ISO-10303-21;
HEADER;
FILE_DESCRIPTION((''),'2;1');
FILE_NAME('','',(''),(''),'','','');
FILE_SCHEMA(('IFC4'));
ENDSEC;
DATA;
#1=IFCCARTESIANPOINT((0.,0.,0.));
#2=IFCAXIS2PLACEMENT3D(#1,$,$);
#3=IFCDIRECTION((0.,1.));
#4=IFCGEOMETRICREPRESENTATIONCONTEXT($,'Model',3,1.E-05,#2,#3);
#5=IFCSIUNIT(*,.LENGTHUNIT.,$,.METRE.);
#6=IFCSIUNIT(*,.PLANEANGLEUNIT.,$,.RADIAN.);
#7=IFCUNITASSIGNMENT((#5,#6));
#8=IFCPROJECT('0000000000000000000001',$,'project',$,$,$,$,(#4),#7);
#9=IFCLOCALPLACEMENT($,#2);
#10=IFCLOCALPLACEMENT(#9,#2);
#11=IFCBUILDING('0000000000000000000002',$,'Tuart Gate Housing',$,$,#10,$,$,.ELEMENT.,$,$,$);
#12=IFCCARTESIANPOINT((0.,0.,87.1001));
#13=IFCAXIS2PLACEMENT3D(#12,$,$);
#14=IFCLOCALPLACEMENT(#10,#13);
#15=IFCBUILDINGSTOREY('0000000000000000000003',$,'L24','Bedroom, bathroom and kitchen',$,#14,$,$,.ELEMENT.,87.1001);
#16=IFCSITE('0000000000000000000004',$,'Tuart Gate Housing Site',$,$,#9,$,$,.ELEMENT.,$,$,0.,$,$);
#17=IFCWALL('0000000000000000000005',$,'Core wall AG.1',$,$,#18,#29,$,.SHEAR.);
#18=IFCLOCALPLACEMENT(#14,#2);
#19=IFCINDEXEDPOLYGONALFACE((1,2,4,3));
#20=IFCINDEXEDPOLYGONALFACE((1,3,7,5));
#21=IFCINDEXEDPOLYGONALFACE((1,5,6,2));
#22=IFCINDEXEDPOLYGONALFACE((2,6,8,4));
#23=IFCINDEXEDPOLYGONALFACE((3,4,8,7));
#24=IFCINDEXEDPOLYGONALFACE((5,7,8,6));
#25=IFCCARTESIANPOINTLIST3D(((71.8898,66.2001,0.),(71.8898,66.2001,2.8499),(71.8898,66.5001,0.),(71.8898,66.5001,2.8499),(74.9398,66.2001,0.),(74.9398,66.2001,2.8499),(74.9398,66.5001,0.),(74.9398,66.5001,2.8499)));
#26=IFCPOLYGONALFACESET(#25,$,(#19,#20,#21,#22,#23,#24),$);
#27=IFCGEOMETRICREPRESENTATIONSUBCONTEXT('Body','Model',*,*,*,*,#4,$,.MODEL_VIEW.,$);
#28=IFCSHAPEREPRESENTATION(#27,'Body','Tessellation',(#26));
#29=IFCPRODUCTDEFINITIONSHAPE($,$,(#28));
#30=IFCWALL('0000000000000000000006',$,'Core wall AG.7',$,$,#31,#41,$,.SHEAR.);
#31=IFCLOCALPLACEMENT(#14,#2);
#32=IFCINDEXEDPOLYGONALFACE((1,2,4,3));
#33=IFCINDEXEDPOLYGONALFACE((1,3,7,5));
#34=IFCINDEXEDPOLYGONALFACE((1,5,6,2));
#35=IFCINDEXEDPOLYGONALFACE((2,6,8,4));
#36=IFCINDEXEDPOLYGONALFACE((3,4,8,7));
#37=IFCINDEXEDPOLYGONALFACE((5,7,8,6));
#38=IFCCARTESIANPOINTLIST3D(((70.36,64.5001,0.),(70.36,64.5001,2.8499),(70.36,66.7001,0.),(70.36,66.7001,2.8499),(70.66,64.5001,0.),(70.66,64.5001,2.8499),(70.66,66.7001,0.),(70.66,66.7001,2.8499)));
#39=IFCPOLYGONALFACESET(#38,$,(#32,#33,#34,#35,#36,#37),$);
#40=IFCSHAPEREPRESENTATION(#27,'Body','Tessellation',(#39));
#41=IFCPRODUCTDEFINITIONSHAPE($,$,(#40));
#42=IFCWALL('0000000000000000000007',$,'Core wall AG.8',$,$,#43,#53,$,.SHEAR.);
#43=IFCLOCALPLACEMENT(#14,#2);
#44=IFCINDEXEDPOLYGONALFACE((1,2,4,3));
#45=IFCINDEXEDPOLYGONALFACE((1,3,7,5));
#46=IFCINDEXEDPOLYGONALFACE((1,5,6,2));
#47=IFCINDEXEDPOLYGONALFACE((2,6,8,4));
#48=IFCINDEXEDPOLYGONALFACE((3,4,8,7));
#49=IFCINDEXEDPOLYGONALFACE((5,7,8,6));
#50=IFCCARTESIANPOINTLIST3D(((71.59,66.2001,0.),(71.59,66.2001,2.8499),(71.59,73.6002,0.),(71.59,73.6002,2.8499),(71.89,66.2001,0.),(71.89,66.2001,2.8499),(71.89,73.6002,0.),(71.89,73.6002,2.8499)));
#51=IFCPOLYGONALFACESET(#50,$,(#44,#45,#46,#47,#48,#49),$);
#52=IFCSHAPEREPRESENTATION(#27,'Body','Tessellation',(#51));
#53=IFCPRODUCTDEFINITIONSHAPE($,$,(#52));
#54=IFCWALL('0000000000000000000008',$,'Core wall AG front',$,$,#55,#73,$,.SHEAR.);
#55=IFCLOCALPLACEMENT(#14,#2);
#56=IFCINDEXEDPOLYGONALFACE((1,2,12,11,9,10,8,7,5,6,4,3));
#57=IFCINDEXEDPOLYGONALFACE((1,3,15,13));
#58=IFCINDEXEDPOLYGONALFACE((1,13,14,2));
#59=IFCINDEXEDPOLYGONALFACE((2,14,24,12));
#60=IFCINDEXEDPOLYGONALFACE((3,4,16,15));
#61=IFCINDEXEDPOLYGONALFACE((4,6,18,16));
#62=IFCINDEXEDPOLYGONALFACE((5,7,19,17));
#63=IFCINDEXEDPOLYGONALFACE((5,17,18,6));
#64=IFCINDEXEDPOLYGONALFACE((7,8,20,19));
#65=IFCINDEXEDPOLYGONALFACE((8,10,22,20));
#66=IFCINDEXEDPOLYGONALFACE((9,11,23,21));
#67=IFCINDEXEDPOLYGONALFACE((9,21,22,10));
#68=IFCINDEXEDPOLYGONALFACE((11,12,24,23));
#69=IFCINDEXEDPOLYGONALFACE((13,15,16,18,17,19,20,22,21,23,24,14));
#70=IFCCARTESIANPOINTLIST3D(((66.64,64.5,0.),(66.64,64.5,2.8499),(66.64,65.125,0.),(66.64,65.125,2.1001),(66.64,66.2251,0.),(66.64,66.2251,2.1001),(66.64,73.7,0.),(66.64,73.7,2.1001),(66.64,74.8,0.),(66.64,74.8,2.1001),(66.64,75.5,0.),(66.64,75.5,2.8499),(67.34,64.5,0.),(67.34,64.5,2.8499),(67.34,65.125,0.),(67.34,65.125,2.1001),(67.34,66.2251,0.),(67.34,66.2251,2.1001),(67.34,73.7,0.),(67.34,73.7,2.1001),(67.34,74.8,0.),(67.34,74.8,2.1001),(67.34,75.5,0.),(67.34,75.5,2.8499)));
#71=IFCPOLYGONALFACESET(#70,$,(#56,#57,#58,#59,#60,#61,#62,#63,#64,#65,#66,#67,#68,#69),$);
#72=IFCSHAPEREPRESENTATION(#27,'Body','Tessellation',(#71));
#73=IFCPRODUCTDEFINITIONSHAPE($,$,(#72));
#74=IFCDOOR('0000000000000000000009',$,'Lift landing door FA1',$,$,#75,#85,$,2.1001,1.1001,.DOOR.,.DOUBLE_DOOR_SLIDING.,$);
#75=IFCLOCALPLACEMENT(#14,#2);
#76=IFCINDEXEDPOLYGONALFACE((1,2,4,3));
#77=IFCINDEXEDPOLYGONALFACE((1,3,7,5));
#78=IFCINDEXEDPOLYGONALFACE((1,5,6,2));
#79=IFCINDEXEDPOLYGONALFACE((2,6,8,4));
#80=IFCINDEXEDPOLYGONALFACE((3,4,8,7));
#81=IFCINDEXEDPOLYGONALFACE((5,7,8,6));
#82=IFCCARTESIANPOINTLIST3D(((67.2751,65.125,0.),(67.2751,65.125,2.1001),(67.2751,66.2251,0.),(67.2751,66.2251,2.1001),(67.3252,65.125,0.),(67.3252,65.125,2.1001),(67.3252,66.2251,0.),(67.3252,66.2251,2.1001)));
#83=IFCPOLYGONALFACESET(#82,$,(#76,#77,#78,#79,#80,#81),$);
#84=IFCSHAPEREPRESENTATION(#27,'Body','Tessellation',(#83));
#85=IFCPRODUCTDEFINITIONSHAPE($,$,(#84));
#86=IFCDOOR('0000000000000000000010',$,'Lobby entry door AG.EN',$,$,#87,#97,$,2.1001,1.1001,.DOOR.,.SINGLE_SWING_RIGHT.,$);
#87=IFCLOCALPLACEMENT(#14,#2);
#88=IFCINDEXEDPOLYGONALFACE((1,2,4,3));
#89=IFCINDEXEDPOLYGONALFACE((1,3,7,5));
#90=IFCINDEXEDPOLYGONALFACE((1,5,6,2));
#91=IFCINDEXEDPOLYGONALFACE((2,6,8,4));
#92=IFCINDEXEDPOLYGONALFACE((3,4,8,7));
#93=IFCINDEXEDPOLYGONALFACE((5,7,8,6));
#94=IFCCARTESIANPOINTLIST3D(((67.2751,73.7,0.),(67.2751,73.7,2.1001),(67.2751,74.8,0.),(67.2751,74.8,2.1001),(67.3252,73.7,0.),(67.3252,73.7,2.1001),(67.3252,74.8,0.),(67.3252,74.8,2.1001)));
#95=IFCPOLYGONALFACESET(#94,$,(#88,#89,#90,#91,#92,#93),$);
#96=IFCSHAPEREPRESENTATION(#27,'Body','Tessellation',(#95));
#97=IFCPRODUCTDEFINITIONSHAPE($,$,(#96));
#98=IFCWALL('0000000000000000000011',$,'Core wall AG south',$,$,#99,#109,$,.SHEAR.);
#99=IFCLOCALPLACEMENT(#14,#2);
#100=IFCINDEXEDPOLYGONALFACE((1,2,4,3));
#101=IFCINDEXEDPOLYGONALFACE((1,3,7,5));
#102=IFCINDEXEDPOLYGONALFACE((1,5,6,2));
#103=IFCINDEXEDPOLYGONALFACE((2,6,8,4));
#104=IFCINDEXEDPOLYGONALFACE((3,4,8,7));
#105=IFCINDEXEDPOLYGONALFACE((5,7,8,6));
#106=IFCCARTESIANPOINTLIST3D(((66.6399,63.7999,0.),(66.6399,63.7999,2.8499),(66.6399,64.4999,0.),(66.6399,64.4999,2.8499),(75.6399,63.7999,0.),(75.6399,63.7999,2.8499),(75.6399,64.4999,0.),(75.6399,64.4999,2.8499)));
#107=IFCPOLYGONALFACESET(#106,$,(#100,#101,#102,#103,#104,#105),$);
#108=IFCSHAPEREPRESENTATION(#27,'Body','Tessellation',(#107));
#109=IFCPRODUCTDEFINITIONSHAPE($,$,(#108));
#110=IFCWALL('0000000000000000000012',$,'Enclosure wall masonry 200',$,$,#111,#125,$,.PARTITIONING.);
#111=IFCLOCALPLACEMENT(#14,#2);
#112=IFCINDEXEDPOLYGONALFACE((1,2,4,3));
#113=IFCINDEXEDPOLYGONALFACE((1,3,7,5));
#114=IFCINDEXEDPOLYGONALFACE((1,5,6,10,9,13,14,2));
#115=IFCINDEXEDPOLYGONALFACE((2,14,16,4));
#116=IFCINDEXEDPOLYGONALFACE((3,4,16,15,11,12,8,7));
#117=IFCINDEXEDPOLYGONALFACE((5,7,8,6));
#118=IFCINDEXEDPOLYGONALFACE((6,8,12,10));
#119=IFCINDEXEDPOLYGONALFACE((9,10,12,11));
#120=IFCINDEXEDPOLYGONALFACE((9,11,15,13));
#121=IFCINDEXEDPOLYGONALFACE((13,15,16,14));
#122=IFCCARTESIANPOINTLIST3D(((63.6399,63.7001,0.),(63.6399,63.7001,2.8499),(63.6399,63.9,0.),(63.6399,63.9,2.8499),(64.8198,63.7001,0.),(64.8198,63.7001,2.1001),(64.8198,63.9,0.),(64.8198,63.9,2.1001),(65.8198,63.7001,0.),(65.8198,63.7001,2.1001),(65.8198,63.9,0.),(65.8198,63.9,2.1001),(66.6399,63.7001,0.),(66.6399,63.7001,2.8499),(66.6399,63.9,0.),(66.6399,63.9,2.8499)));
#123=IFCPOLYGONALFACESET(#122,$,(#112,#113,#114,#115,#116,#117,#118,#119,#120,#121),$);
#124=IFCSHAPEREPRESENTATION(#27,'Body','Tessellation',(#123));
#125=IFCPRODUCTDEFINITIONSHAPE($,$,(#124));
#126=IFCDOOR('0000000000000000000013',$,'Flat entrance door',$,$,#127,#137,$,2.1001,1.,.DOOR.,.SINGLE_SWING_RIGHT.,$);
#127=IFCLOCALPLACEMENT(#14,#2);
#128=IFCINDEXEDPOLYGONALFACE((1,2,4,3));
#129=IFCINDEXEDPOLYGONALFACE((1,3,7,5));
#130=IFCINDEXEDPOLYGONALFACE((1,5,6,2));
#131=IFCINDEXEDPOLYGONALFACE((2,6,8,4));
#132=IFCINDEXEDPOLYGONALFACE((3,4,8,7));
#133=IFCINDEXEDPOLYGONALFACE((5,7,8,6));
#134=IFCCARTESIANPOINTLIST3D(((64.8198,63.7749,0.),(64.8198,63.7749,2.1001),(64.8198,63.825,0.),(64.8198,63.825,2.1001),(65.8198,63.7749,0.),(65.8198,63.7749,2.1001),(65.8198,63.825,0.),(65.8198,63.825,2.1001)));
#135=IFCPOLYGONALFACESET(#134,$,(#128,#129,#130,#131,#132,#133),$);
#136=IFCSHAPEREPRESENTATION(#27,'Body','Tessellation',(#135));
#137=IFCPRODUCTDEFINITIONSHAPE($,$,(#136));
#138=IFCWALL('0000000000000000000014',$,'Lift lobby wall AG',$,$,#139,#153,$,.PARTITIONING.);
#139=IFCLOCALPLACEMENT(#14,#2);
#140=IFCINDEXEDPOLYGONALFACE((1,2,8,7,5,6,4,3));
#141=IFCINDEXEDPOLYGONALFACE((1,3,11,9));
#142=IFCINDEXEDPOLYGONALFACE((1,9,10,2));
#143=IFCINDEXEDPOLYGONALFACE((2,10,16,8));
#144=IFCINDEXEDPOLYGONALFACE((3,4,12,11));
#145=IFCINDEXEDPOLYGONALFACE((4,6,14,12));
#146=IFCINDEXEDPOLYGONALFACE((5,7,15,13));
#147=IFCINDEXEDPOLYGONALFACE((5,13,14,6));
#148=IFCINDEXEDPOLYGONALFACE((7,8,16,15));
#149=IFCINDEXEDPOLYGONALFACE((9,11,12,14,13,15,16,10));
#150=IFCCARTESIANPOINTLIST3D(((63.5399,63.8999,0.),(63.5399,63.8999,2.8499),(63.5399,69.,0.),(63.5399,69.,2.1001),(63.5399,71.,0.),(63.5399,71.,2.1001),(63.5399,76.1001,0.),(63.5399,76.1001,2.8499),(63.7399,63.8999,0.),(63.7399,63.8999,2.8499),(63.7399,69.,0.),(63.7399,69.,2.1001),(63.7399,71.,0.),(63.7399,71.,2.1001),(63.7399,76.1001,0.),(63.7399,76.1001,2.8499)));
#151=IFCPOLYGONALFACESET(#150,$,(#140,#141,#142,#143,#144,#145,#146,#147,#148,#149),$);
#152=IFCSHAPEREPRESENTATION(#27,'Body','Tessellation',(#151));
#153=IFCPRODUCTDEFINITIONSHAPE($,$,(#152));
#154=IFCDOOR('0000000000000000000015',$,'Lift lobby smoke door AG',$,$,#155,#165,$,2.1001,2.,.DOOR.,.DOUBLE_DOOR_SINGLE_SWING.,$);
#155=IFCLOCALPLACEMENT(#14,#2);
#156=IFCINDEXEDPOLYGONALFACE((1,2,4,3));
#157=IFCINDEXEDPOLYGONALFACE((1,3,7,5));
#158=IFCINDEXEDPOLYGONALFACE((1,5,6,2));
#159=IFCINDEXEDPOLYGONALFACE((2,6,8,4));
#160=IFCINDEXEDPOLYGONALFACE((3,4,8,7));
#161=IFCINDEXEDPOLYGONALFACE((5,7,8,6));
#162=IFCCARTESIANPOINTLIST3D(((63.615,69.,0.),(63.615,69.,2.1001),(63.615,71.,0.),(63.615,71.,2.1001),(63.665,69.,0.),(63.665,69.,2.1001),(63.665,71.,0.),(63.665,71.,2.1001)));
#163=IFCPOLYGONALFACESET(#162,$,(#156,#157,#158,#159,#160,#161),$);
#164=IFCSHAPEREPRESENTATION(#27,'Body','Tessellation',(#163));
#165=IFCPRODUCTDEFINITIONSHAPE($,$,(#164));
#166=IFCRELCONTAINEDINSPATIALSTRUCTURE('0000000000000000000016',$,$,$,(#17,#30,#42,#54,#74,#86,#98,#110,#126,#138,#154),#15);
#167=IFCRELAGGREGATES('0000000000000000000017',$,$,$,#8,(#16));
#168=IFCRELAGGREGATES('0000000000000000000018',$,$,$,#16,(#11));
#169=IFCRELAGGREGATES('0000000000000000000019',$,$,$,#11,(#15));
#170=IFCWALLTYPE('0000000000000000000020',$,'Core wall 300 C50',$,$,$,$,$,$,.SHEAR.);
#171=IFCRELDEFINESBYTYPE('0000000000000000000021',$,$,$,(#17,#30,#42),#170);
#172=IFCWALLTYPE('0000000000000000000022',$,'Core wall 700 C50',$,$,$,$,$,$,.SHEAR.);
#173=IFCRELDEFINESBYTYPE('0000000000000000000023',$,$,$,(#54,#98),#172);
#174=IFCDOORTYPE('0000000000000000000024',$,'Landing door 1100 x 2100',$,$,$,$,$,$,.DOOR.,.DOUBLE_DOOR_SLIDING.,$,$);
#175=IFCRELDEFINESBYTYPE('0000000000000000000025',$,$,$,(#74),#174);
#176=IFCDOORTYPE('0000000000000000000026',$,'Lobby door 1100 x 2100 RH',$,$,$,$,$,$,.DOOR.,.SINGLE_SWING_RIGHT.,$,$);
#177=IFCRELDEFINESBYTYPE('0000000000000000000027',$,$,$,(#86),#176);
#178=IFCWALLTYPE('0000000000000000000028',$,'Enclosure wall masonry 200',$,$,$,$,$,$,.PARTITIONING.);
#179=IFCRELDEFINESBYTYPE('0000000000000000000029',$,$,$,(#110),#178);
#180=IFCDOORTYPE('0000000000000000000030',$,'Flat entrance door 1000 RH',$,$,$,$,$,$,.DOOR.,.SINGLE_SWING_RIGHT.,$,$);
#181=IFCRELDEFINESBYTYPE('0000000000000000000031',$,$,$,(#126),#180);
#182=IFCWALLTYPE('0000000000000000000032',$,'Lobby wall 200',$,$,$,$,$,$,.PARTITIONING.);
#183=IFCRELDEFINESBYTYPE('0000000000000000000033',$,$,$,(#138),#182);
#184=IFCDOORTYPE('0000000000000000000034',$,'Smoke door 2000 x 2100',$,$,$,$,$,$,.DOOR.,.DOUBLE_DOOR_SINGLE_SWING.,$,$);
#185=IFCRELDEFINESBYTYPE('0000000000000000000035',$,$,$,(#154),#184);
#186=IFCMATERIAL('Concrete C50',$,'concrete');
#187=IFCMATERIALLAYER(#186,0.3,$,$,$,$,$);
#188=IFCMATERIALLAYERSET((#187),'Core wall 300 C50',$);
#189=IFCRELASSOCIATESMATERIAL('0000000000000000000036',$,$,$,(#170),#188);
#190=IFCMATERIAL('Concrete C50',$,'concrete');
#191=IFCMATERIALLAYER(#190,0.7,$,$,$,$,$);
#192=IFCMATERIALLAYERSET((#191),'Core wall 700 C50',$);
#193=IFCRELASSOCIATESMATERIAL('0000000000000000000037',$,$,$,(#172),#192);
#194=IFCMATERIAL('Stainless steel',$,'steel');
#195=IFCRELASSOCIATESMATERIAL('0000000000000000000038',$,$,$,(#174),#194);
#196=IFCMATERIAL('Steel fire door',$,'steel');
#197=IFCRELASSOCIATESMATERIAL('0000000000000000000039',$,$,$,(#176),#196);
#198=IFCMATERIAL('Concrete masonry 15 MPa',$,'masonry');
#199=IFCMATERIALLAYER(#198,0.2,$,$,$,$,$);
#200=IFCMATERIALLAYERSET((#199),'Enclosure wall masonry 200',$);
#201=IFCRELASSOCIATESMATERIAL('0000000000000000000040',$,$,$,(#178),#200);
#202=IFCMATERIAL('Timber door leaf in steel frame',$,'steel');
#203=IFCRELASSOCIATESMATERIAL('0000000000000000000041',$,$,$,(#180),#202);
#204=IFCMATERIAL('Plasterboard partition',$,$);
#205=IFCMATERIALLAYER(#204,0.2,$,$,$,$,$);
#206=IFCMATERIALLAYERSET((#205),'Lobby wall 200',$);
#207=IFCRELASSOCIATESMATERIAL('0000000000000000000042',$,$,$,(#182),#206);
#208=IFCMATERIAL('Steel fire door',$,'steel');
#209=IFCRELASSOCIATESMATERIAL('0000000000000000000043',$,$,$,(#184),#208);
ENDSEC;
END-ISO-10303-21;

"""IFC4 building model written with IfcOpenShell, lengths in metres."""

from ifc_helpers import new_model, si_unit, direction, frame, frame_2d, origin, place, context, subcontext, project, spatial, rectangle, extrude, material, layer, layer_set, type_object, element, fill, save


model = new_model("IFC4")

# Units and contexts
model_context = context("Model", 3, precision=1e-05, world=origin(), true_north=direction((0.0, 1.0)))
body_context = subcontext(model_context, "Body", "Model", "MODEL_VIEW")
ifc_project = project(units=[si_unit("LENGTHUNIT", "METRE"), si_unit("PLANEANGLEUNIT", "RADIAN")], contexts=[model_context])

# Site, building, storey
site_placement = place(None, origin())
site = spatial("IfcSite", under=ifc_project, at=site_placement, Name="Tuart Gate Housing Site", CompositionType="ELEMENT", RefElevation=0.0)
building_placement = place(site_placement, origin())
building = spatial("IfcBuilding", under=site, at=building_placement, Name="Tuart Gate Housing", CompositionType="ELEMENT")
storey_placement = place(building_placement, frame((0.0, 0.0, 87.1001)))
storey = spatial("IfcBuildingStorey", under=building, at=storey_placement, Name="L24", Description="Bedroom, bathroom and kitchen", CompositionType="ELEMENT", Elevation=87.1001)

# Walls
ifc_material_1 = material(Name="Concrete C50", Category="concrete")
ifc_layer_1 = layer(ifc_material_1, 0.3)
ifc_layer_set_1 = layer_set([ifc_layer_1], Name="Core wall 300 C50")
wall_type_1 = type_object("IfcWallType", Name="Core wall 300 C50", PredefinedType="SHEAR", material=ifc_layer_set_1)
wall_1_placement = place(storey_placement, frame((71.8899, 66.3501, 0.0), z_axis=(0.0, 0.0, 1.0), x_axis=(1.0, 0.0, 0.0)))
element("IfcWall", 1, at=wall_1_placement, inside=storey, type_object=wall_type_1, Name="Core wall AG.1", PredefinedType="SHEAR", context=body_context, shape_type="SweptSolid", body=[
    extrude(rectangle(XDim=3.05, YDim=0.3, at=frame_2d((1.5249, 0.0))), origin(), (0.0, 0.0, 1.0), 2.8499),
])
wall_2_placement = place(storey_placement, frame((70.51, 64.5, 0.0), z_axis=(0.0, 0.0, 1.0), x_axis=(0.0, 1.0, 0.0)))
element("IfcWall", 2, at=wall_2_placement, inside=storey, type_object=wall_type_1, Name="Core wall AG.7", PredefinedType="SHEAR", context=body_context, shape_type="SweptSolid", body=[
    extrude(rectangle(XDim=2.2, YDim=0.3, at=frame_2d((1.1001, 0.0))), origin(), (0.0, 0.0, 1.0), 2.8499),
])
wall_3_placement = place(storey_placement, frame((71.74, 66.2, 0.0), z_axis=(0.0, 0.0, 1.0), x_axis=(0.0, 1.0, 0.0)))
element("IfcWall", 3, at=wall_3_placement, inside=storey, type_object=wall_type_1, Name="Core wall AG.8", PredefinedType="SHEAR", context=body_context, shape_type="SweptSolid", body=[
    extrude(rectangle(XDim=7.4001, YDim=0.3, at=frame_2d((3.7002, 0.0))), origin(), (0.0, 0.0, 1.0), 2.8499),
])

# Wall, openings, doors
ifc_material_2 = material(Name="Concrete C50", Category="concrete")
ifc_layer_2 = layer(ifc_material_2, 0.7)
ifc_layer_set_2 = layer_set([ifc_layer_2], Name="Core wall 700 C50")
wall_type_2 = type_object("IfcWallType", Name="Core wall 700 C50", PredefinedType="SHEAR", material=ifc_layer_set_2)
wall_4_placement = place(storey_placement, frame((66.99, 64.5, 0.0), z_axis=(0.0, 0.0, 1.0), x_axis=(0.0, 1.0, 0.0)))
wall_4 = element("IfcWall", 4, at=wall_4_placement, inside=storey, type_object=wall_type_2, Name="Core wall AG front", PredefinedType="SHEAR", context=body_context, shape_type="SweptSolid", body=[
    extrude(rectangle(XDim=11.0, YDim=0.7, at=frame_2d((5.5, 0.0))), origin(), (0.0, 0.0, 1.0), 2.8499),
])
opening_1_placement = place(wall_4_placement, frame((0.625, 0.0, 0.0)))
opening_1 = element("IfcOpeningElement", 5, at=opening_1_placement, cuts=wall_4, PredefinedType="OPENING", context=body_context, shape_type="SweptSolid", body=[
    extrude(rectangle(XDim=1.1001, YDim=2.1001, at=frame_2d((0.55, 1.05))), frame((0.0, 0.3599, 0.0), z_axis=(0.0, -1.0, 0.0), x_axis=(1.0, 0.0, 0.0)), (0.0, 0.0, 1.0), 0.72),
])
opening_2_placement = place(wall_4_placement, frame((9.2, 0.0, 0.0)))
opening_2 = element("IfcOpeningElement", 6, at=opening_2_placement, cuts=wall_4, PredefinedType="OPENING", context=body_context, shape_type="SweptSolid", body=[
    extrude(rectangle(XDim=1.1001, YDim=2.1001, at=frame_2d((0.55, 1.05))), frame((0.0, 0.3599, 0.0), z_axis=(0.0, -1.0, 0.0), x_axis=(1.0, 0.0, 0.0)), (0.0, 0.0, 1.0), 0.72),
])
ifc_material_3 = material(Name="Stainless steel", Category="steel")
door_type_1 = type_object("IfcDoorType", Name="Landing door 1100 x 2100", OperationType="DOUBLE_DOOR_SLIDING", PredefinedType="DOOR", material=ifc_material_3)
door_1_placement = place(opening_1_placement, origin())
door_1 = element("IfcDoor", 7, at=door_1_placement, inside=storey, type_object=door_type_1, Name="Lift landing door FA1", OperationType="DOUBLE_DOOR_SLIDING", OverallHeight=2.1001, OverallWidth=1.1001, PredefinedType="DOOR", context=body_context, shape_type="SweptSolid", body=[
    extrude(rectangle(XDim=1.1001, YDim=2.1001, at=frame_2d((0.55, 1.05))), frame((0.0, -0.2852, 0.0), z_axis=(0.0, -1.0, 0.0), x_axis=(1.0, 0.0, 0.0)), (0.0, 0.0, 1.0), 0.05),
])
fill(opening_1, door_1)
ifc_material_4 = material(Name="Steel fire door", Category="steel")
door_type_2 = type_object("IfcDoorType", Name="Lobby door 1100 x 2100 RH", OperationType="SINGLE_SWING_RIGHT", PredefinedType="DOOR", material=ifc_material_4)
door_2_placement = place(opening_2_placement, frame((1.1001, 0.0, 0.0), z_axis=(0.0, 0.0, 1.0), x_axis=(-1.0, 0.0, 0.0)))
door_2 = element("IfcDoor", 8, at=door_2_placement, inside=storey, type_object=door_type_2, Name="Lobby entry door AG.EN", OperationType="SINGLE_SWING_RIGHT", OverallHeight=2.1001, OverallWidth=1.1001, PredefinedType="DOOR", context=body_context, shape_type="SweptSolid", body=[
    extrude(rectangle(XDim=1.1001, YDim=2.1001, at=frame_2d((0.55, 1.05))), frame((0.0, 0.3352, 0.0), z_axis=(0.0, -1.0, 0.0), x_axis=(1.0, 0.0, 0.0)), (0.0, 0.0, 1.0), 0.05),
])
fill(opening_2, door_2)

# Wall
wall_5_placement = place(storey_placement, frame((66.6399, 64.1499, 0.0), z_axis=(0.0, 0.0, 1.0), x_axis=(1.0, 0.0, 0.0)))
element("IfcWall", 9, at=wall_5_placement, inside=storey, type_object=wall_type_2, Name="Core wall AG south", PredefinedType="SHEAR", context=body_context, shape_type="SweptSolid", body=[
    extrude(rectangle(XDim=9.0, YDim=0.7, at=frame_2d((4.5, 0.0))), origin(), (0.0, 0.0, 1.0), 2.8499),
])

# Walls, openings, doors
ifc_material_5 = material(Name="Concrete masonry 15 MPa", Category="masonry")
ifc_layer_3 = layer(ifc_material_5, 0.2)
ifc_layer_set_3 = layer_set([ifc_layer_3], Name="Enclosure wall masonry 200")
wall_type_3 = type_object("IfcWallType", Name="Enclosure wall masonry 200", PredefinedType="PARTITIONING", material=ifc_layer_set_3)
wall_6_placement = place(storey_placement, frame((63.6399, 63.8, 0.0), z_axis=(0.0, 0.0, 1.0), x_axis=(1.0, 0.0, 0.0)))
wall_6 = element("IfcWall", 10, at=wall_6_placement, inside=storey, type_object=wall_type_3, Name="Enclosure wall masonry 200", PredefinedType="PARTITIONING", context=body_context, shape_type="SweptSolid", body=[
    extrude(rectangle(XDim=3.0, YDim=0.2, at=frame_2d((1.5, 0.0))), origin(), (0.0, 0.0, 1.0), 2.8499),
])
opening_3_placement = place(wall_6_placement, frame((1.1799, 0.0, 0.0)))
opening_3 = element("IfcOpeningElement", 11, at=opening_3_placement, cuts=wall_6, PredefinedType="OPENING", context=body_context, shape_type="SweptSolid", body=[
    extrude(rectangle(XDim=1.0, YDim=2.1001, at=frame_2d((0.5, 1.05))), frame((0.0, 0.1099, 0.0), z_axis=(0.0, -1.0, 0.0), x_axis=(1.0, 0.0, 0.0)), (0.0, 0.0, 1.0), 0.22),
])
ifc_material_6 = material(Name="Timber door leaf in steel frame", Category="steel")
door_type_3 = type_object("IfcDoorType", Name="Flat entrance door 1000 RH", OperationType="SINGLE_SWING_RIGHT", PredefinedType="DOOR", material=ifc_material_6)
door_3_placement = place(opening_3_placement, frame((1.0, 0.0, 0.0), z_axis=(0.0, 0.0, 1.0), x_axis=(-1.0, 0.0, 0.0)))
door_3 = element("IfcDoor", 12, at=door_3_placement, inside=storey, type_object=door_type_3, Name="Flat entrance door", OperationType="SINGLE_SWING_RIGHT", OverallHeight=2.1001, OverallWidth=1.0, PredefinedType="DOOR", context=body_context, shape_type="SweptSolid", body=[
    extrude(rectangle(XDim=1.0, YDim=2.1001, at=frame_2d((0.5, 1.05))), frame((0.0, 0.0251, 0.0), z_axis=(0.0, -1.0, 0.0), x_axis=(1.0, 0.0, 0.0)), (0.0, 0.0, 1.0), 0.05),
])
fill(opening_3, door_3)
ifc_material_7 = material(Name="Plasterboard partition")
ifc_layer_4 = layer(ifc_material_7, 0.2)
ifc_layer_set_4 = layer_set([ifc_layer_4], Name="Lobby wall 200")
wall_type_4 = type_object("IfcWallType", Name="Lobby wall 200", PredefinedType="PARTITIONING", material=ifc_layer_set_4)
wall_7_placement = place(storey_placement, frame((63.6399, 63.8999, 0.0), z_axis=(0.0, 0.0, 1.0), x_axis=(0.0, 1.0, 0.0)))
wall_7 = element("IfcWall", 13, at=wall_7_placement, inside=storey, type_object=wall_type_4, Name="Lift lobby wall AG", PredefinedType="PARTITIONING", context=body_context, shape_type="SweptSolid", body=[
    extrude(rectangle(XDim=12.2002, YDim=0.2, at=frame_2d((6.1001, 0.0))), origin(), (0.0, 0.0, 1.0), 2.8499),
])
opening_4_placement = place(wall_7_placement, frame((5.1001, 0.0, 0.0)))
opening_4 = element("IfcOpeningElement", 14, at=opening_4_placement, cuts=wall_7, PredefinedType="OPENING", context=body_context, shape_type="SweptSolid", body=[
    extrude(rectangle(XDim=2.0, YDim=2.1001, at=frame_2d((1.0, 1.05))), frame((0.0, 0.1099, 0.0), z_axis=(0.0, -1.0, 0.0), x_axis=(1.0, 0.0, 0.0)), (0.0, 0.0, 1.0), 0.22),
])
ifc_material_8 = material(Name="Steel fire door", Category="steel")
door_type_4 = type_object("IfcDoorType", Name="Smoke door 2000 x 2100", OperationType="DOUBLE_DOOR_SINGLE_SWING", PredefinedType="DOOR", material=ifc_material_8)
door_4_placement = place(opening_4_placement, frame((2.0, 0.0, 0.0), z_axis=(0.0, 0.0, 1.0), x_axis=(-1.0, 0.0, 0.0)))
door_4 = element("IfcDoor", 15, at=door_4_placement, inside=storey, type_object=door_type_4, Name="Lift lobby smoke door AG", OperationType="DOUBLE_DOOR_SINGLE_SWING", OverallHeight=2.1001, OverallWidth=2.0, PredefinedType="DOOR", context=body_context, shape_type="SweptSolid", body=[
    extrude(rectangle(XDim=2.0, YDim=2.1001, at=frame_2d((1.0, 1.05))), frame((0.0, 0.0251, 0.0), z_axis=(0.0, -1.0, 0.0), x_axis=(1.0, 0.0, 0.0)), (0.0, 0.0, 1.0), 0.05),
])
fill(opening_4, door_4)

save(model, "model.ifc")
